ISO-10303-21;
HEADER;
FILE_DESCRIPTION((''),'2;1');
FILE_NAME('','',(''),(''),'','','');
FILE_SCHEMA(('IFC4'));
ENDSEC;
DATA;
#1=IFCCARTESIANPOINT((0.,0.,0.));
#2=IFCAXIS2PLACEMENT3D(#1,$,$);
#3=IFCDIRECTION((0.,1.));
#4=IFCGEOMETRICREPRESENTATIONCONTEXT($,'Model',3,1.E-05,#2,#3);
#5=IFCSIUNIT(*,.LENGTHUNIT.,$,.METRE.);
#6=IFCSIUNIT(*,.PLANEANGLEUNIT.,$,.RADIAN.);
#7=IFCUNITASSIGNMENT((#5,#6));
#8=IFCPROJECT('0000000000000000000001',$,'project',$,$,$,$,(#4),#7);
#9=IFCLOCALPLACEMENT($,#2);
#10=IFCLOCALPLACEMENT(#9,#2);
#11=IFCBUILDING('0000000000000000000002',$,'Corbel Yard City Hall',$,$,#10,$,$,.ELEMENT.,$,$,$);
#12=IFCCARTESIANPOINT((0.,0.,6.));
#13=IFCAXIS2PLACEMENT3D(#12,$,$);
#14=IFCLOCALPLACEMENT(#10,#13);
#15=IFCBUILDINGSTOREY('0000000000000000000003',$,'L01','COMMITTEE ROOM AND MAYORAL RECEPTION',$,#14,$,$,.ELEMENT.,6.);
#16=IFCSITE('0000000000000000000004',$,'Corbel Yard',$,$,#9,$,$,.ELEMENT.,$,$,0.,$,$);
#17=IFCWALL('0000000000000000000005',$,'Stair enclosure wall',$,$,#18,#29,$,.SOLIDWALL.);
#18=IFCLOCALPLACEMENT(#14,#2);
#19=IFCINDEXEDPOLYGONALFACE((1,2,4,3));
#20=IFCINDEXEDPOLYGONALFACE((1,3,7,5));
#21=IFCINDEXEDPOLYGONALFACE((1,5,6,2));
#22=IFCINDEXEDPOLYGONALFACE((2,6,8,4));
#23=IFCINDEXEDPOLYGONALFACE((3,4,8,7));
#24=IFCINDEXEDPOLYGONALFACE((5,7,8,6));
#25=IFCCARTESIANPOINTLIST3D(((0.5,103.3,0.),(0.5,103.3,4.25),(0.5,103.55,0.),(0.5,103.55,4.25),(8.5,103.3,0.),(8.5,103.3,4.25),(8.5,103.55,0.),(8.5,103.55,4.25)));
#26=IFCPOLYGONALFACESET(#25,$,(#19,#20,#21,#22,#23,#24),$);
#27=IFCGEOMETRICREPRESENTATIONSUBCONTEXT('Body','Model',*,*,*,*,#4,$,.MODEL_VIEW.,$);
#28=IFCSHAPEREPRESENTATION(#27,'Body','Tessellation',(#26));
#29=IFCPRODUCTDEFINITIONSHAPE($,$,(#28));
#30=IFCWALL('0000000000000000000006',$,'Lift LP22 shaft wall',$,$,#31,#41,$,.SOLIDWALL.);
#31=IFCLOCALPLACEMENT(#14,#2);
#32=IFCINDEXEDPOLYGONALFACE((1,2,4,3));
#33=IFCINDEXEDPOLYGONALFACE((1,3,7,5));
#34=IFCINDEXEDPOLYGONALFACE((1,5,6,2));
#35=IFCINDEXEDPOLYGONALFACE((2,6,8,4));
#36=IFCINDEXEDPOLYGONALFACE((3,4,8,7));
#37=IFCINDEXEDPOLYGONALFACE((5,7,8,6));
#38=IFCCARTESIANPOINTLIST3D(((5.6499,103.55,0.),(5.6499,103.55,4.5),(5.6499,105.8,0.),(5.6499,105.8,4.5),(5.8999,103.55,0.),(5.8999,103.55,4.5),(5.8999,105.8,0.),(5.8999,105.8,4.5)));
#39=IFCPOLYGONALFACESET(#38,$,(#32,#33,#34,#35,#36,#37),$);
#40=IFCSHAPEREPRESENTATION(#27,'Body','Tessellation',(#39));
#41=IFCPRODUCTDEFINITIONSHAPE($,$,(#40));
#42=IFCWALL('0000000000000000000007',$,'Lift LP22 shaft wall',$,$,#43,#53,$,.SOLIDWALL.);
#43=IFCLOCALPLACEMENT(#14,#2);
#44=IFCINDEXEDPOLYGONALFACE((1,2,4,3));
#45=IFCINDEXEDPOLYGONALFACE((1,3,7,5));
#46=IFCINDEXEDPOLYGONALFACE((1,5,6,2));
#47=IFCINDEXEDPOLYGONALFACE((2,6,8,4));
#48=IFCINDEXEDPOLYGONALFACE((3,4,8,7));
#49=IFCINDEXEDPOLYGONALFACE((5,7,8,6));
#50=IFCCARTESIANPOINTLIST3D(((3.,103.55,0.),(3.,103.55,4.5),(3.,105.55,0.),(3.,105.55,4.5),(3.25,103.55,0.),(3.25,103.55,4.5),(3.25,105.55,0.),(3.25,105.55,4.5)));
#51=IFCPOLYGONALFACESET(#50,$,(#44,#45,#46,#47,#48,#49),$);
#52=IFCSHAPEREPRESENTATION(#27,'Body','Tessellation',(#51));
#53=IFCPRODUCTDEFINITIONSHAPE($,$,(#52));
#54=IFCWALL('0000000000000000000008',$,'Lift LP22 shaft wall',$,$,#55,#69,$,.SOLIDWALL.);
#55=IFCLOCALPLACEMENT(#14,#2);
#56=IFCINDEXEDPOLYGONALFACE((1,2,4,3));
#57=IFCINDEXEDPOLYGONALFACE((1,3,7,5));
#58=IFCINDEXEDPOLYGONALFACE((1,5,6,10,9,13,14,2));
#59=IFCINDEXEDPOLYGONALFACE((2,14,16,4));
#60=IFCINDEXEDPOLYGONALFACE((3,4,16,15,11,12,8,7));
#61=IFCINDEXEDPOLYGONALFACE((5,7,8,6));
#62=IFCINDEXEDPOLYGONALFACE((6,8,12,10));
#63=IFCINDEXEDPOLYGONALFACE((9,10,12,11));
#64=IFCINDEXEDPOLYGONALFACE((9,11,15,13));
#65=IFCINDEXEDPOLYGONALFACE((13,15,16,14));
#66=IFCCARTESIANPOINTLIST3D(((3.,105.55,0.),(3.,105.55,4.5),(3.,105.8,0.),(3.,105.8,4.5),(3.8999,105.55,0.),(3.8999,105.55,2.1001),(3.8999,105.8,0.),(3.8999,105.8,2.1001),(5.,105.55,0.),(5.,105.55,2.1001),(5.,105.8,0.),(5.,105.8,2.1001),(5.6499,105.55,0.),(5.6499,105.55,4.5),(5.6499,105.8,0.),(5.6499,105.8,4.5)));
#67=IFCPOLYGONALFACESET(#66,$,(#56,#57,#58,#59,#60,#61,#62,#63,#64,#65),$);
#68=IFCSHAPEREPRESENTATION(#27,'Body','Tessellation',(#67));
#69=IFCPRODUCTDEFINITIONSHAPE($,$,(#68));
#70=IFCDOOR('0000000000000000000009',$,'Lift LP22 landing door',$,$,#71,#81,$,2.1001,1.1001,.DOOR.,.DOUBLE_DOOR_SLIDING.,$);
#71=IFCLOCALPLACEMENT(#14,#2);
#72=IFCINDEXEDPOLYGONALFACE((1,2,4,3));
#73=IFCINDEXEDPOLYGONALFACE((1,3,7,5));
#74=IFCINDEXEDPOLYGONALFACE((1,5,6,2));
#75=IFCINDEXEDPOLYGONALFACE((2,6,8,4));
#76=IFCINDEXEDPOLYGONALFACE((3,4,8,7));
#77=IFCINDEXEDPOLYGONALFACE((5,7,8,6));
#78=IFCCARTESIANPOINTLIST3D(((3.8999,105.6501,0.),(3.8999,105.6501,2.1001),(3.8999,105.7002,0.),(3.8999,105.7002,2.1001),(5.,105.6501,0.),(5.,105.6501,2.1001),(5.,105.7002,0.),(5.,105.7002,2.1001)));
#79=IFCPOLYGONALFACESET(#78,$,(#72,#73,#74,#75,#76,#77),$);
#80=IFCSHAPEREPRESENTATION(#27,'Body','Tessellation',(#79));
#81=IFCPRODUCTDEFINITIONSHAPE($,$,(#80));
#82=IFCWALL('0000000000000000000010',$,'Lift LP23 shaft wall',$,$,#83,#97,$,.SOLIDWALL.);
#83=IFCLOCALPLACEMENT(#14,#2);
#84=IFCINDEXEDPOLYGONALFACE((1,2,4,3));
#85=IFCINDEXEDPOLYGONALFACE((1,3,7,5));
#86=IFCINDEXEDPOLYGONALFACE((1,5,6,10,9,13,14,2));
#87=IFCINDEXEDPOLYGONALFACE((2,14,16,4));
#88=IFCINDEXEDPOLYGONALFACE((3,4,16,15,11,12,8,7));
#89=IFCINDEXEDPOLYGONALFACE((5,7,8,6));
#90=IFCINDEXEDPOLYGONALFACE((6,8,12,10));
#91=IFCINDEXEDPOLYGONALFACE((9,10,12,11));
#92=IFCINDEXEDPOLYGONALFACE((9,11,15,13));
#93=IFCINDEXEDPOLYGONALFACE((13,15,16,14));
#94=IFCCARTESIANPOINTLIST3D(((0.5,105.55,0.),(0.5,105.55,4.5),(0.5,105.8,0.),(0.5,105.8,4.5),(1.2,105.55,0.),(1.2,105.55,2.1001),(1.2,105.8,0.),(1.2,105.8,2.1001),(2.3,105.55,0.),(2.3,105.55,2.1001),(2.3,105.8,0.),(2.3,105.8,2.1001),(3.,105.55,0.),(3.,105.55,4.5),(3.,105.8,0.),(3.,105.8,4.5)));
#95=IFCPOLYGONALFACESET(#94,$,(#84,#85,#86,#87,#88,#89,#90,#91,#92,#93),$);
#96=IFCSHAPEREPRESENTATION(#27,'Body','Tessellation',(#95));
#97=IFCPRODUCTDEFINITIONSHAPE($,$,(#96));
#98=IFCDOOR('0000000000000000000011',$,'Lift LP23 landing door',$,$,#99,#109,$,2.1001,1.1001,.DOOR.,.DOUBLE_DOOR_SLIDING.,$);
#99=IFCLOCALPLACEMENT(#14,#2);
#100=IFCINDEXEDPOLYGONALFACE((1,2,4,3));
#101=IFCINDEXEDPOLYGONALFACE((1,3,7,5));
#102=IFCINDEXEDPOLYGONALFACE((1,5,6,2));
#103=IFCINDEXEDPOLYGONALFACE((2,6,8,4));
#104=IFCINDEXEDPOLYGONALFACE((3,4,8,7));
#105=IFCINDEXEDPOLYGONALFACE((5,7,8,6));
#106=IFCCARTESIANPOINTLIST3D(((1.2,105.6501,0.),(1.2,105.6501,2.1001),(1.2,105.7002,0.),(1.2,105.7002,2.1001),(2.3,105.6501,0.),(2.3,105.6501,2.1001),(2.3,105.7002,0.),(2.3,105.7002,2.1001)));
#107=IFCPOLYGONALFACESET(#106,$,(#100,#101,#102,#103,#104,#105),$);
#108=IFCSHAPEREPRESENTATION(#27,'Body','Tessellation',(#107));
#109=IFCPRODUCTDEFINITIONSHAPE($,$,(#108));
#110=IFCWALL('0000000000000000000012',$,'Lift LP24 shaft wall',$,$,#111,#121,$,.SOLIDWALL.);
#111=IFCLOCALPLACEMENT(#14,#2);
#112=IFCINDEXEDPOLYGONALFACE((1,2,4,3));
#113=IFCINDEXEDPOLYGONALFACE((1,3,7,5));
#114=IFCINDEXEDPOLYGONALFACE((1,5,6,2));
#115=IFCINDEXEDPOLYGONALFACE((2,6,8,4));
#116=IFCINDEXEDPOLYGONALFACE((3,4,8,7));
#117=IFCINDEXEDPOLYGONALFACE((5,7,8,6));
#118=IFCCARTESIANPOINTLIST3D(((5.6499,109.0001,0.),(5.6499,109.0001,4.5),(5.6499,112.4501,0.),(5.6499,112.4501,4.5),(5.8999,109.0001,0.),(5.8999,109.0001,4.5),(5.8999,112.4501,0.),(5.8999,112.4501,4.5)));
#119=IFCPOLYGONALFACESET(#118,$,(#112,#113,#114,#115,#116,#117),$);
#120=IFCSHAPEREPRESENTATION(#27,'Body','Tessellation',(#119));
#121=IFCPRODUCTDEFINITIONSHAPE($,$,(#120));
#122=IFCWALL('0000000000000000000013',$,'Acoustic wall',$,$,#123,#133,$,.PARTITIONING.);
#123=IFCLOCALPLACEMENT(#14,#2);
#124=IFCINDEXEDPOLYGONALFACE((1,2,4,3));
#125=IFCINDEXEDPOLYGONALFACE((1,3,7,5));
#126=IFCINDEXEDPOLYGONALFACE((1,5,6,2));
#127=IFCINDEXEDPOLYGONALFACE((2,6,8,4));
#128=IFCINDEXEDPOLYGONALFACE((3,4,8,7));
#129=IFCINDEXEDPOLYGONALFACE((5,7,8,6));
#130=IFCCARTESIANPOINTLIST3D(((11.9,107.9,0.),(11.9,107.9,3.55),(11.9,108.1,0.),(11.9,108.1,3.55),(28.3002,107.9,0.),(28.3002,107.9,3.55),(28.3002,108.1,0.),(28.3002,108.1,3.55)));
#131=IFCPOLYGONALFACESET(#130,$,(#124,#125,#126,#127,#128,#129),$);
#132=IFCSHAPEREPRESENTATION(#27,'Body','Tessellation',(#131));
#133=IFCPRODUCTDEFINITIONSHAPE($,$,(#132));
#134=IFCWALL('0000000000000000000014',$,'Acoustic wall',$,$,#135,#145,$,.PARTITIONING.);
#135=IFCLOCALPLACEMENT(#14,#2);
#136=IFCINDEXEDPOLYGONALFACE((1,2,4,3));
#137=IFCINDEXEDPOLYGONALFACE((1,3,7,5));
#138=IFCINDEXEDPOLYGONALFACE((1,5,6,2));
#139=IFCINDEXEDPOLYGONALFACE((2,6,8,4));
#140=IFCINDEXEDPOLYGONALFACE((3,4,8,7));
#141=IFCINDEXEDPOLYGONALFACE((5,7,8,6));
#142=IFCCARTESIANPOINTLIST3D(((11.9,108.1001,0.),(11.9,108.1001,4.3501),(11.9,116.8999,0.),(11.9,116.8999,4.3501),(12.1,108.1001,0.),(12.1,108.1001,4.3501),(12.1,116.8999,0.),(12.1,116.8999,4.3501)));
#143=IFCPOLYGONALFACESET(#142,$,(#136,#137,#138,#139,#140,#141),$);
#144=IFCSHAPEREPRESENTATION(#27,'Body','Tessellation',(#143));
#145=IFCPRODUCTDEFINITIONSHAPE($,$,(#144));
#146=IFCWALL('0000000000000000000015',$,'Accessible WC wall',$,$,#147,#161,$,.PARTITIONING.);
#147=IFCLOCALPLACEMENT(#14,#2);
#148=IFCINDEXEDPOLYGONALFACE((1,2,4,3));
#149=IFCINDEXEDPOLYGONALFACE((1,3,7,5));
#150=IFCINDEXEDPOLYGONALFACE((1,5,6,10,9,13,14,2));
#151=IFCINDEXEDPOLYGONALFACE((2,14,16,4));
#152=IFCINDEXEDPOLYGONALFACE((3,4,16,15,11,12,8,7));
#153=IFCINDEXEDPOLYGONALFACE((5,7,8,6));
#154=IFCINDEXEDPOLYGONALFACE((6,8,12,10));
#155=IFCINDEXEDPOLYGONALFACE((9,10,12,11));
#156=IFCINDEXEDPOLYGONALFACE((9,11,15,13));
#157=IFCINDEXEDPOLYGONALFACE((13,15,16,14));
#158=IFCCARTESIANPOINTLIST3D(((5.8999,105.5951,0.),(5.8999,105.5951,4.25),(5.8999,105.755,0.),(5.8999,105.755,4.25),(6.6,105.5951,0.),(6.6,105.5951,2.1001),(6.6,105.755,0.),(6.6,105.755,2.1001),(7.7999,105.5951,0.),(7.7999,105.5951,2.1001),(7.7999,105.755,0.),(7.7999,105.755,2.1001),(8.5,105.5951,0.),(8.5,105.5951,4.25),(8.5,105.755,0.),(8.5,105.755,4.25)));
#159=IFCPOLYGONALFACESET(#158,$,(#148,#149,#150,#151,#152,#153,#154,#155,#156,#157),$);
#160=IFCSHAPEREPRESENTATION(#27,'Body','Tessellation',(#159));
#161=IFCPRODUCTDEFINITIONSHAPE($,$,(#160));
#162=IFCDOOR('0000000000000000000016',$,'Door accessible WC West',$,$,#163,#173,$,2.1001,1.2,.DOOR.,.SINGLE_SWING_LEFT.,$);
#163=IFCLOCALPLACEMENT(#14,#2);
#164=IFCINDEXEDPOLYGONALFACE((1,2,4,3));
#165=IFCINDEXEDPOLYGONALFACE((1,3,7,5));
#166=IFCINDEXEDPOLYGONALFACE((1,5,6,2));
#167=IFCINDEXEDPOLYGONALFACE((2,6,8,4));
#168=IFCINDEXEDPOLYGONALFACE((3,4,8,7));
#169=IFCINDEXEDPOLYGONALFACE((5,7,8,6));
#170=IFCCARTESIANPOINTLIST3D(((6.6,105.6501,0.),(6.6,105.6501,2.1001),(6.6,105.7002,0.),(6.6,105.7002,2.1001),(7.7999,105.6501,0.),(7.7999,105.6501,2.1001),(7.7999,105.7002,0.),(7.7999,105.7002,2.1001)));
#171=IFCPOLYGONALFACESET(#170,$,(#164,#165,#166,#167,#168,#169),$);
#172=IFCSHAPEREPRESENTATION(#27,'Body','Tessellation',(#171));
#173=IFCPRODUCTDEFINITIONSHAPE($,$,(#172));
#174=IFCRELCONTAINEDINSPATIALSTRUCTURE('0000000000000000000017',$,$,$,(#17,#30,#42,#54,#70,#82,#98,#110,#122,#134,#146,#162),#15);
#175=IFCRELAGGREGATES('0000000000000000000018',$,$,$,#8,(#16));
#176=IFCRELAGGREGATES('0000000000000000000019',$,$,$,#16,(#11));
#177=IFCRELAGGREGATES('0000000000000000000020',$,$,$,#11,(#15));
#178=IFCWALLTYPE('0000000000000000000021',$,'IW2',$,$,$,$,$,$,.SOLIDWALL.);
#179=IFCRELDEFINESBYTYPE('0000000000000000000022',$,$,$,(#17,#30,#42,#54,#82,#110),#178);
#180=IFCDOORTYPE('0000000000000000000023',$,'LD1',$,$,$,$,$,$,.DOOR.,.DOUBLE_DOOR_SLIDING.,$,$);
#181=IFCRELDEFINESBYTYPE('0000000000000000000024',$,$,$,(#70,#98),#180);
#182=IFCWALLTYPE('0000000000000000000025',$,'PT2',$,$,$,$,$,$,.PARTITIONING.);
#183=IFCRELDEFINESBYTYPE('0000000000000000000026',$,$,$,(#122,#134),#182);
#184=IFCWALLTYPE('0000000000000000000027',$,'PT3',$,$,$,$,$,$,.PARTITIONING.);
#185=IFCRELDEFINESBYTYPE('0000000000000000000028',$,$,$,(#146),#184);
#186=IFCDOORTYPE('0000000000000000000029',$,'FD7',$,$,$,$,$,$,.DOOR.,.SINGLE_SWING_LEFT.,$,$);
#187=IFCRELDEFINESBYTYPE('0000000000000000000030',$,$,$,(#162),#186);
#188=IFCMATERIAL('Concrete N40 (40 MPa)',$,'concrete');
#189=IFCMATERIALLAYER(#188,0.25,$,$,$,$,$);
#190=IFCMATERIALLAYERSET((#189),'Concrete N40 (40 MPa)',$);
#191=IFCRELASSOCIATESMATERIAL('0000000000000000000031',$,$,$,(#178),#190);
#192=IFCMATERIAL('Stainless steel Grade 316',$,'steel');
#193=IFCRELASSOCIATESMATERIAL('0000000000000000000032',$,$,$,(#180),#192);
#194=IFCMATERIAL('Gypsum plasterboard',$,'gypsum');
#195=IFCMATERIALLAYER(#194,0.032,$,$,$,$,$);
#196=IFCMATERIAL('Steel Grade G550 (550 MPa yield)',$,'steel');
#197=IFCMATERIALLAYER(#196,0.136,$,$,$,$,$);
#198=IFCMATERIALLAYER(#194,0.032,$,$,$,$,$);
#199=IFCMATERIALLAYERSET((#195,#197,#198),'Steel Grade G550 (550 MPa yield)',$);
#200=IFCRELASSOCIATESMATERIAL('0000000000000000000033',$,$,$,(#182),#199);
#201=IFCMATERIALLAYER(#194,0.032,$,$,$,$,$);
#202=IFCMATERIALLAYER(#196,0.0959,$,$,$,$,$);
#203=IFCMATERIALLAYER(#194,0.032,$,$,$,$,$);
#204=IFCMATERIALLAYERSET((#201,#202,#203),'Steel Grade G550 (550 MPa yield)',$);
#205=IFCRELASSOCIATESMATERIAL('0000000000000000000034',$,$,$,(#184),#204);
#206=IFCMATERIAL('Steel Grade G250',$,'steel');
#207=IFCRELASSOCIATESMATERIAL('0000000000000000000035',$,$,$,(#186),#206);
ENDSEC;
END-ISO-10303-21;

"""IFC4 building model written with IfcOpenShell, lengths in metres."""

from ifc_helpers import new_model, si_unit, direction, frame, frame_2d, origin, place, context, subcontext, project, spatial, rectangle, extrude, material, layer, layer_set, type_object, element, fill, save


model = new_model("IFC4")

# Units and contexts
model_context = context("Model", 3, precision=1e-05, world=origin(), true_north=direction((0.0, 1.0)))
body_context = subcontext(model_context, "Body", "Model", "MODEL_VIEW")
ifc_project = project(units=[si_unit("LENGTHUNIT", "METRE"), si_unit("PLANEANGLEUNIT", "RADIAN")], contexts=[model_context])

# Site, building, storey
site_placement = place(None, origin())
site = spatial("IfcSite", under=ifc_project, at=site_placement, Name="Corbel Yard", CompositionType="ELEMENT", RefElevation=0.0)
building_placement = place(site_placement, origin())
building = spatial("IfcBuilding", under=site, at=building_placement, Name="Corbel Yard City Hall", CompositionType="ELEMENT")
storey_placement = place(building_placement, frame((0.0, 0.0, 6.0)))
storey = spatial("IfcBuildingStorey", under=building, at=storey_placement, Name="L01", Description="COMMITTEE ROOM AND MAYORAL RECEPTION", CompositionType="ELEMENT", Elevation=6.0)

# Walls
ifc_material_1 = material(Name="Concrete N40 (40 MPa)", Category="concrete")
ifc_layer_1 = layer(ifc_material_1, 0.25)
ifc_layer_set_1 = layer_set([ifc_layer_1], Name="Concrete N40 (40 MPa)")
wall_type_1 = type_object("IfcWallType", Name="IW2", PredefinedType="SOLIDWALL", material=ifc_layer_set_1)
wall_1_placement = place(storey_placement, frame((8.5, 103.425, 0.0), z_axis=(0.0, 0.0, 1.0), x_axis=(-1.0, 0.0, 0.0)))
element("IfcWall", 1, at=wall_1_placement, inside=storey, type_object=wall_type_1, Name="Stair enclosure wall", PredefinedType="SOLIDWALL", context=body_context, shape_type="SweptSolid", body=[
    extrude(rectangle(XDim=8.0, YDim=0.25, at=frame_2d((4.0, 0.0))), origin(), (0.0, 0.0, 1.0), 4.25),
])
wall_2_placement = place(storey_placement, frame((5.7749, 103.55, 0.0), z_axis=(0.0, 0.0, 1.0), x_axis=(0.0, 1.0, 0.0)))
element("IfcWall", 2, at=wall_2_placement, inside=storey, type_object=wall_type_1, Name="Lift LP22 shaft wall", PredefinedType="SOLIDWALL", context=body_context, shape_type="SweptSolid", body=[
    extrude(rectangle(XDim=2.25, YDim=0.25, at=frame_2d((1.125, 0.0))), origin(), (0.0, 0.0, 1.0), 4.5),
])
wall_3_placement = place(storey_placement, frame((3.125, 103.55, 0.0), z_axis=(0.0, 0.0, 1.0), x_axis=(0.0, 1.0, 0.0)))
element("IfcWall", 3, at=wall_3_placement, inside=storey, type_object=wall_type_1, Name="Lift LP22 shaft wall", PredefinedType="SOLIDWALL", context=body_context, shape_type="SweptSolid", body=[
    extrude(rectangle(XDim=2.0, YDim=0.25, at=frame_2d((1.0, 0.0))), origin(), (0.0, 0.0, 1.0), 4.5),
])

# Walls, openings, doors
wall_4_placement = place(storey_placement, frame((5.6499, 105.675, 0.0), z_axis=(0.0, 0.0, 1.0), x_axis=(-1.0, 0.0, 0.0)))
wall_4 = element("IfcWall", 4, at=wall_4_placement, inside=storey, type_object=wall_type_1, Name="Lift LP22 shaft wall", PredefinedType="SOLIDWALL", context=body_context, shape_type="SweptSolid", body=[
    extrude(rectangle(XDim=2.6499, YDim=0.25, at=frame_2d((1.325, 0.0))), origin(), (0.0, 0.0, 1.0), 4.5),
])
opening_1_placement = place(wall_4_placement, frame((0.6499, 0.0, 0.0)))
opening_1 = element("IfcOpeningElement", 5, at=opening_1_placement, cuts=wall_4, PredefinedType="OPENING", context=body_context, shape_type="SweptSolid", body=[
    extrude(rectangle(XDim=1.1001, YDim=2.1001, at=frame_2d((0.55, 1.05))), frame((0.0, 0.135, 0.0), z_axis=(0.0, -1.0, 0.0), x_axis=(1.0, 0.0, 0.0)), (0.0, 0.0, 1.0), 0.27),
])
ifc_material_2 = material(Name="Stainless steel Grade 316", Category="steel")
door_type_1 = type_object("IfcDoorType", Name="LD1", OperationType="DOUBLE_DOOR_SLIDING", PredefinedType="DOOR", material=ifc_material_2)
door_1_placement = place(opening_1_placement, origin())
door_1 = element("IfcDoor", 6, at=door_1_placement, inside=storey, type_object=door_type_1, Name="Lift LP22 landing door", OperationType="DOUBLE_DOOR_SLIDING", OverallHeight=2.1001, OverallWidth=1.1001, PredefinedType="DOOR", context=body_context, shape_type="SweptSolid", body=[
    extrude(rectangle(XDim=1.1001, YDim=2.1001, at=frame_2d((0.55, 1.05))), frame((0.0, 0.0249, 0.0), z_axis=(0.0, -1.0, 0.0), x_axis=(1.0, 0.0, 0.0)), (0.0, 0.0, 1.0), 0.05),
])
fill(opening_1, door_1)
wall_5_placement = place(storey_placement, frame((3.0, 105.675, 0.0), z_axis=(0.0, 0.0, 1.0), x_axis=(-1.0, 0.0, 0.0)))
wall_5 = element("IfcWall", 7, at=wall_5_placement, inside=storey, type_object=wall_type_1, Name="Lift LP23 shaft wall", PredefinedType="SOLIDWALL", context=body_context, shape_type="SweptSolid", body=[
    extrude(rectangle(XDim=2.5, YDim=0.25, at=frame_2d((1.25, 0.0))), origin(), (0.0, 0.0, 1.0), 4.5),
])
opening_2_placement = place(wall_5_placement, frame((0.7, 0.0, 0.0)))
opening_2 = element("IfcOpeningElement", 8, at=opening_2_placement, cuts=wall_5, PredefinedType="OPENING", context=body_context, shape_type="SweptSolid", body=[
    extrude(rectangle(XDim=1.1001, YDim=2.1001, at=frame_2d((0.55, 1.05))), frame((0.0, 0.135, 0.0), z_axis=(0.0, -1.0, 0.0), x_axis=(1.0, 0.0, 0.0)), (0.0, 0.0, 1.0), 0.27),
])
door_2_placement = place(opening_2_placement, origin())
door_2 = element("IfcDoor", 9, at=door_2_placement, inside=storey, type_object=door_type_1, Name="Lift LP23 landing door", OperationType="DOUBLE_DOOR_SLIDING", OverallHeight=2.1001, OverallWidth=1.1001, PredefinedType="DOOR", context=body_context, shape_type="SweptSolid", body=[
    extrude(rectangle(XDim=1.1001, YDim=2.1001, at=frame_2d((0.55, 1.05))), frame((0.0, 0.0249, 0.0), z_axis=(0.0, -1.0, 0.0), x_axis=(1.0, 0.0, 0.0)), (0.0, 0.0, 1.0), 0.05),
])
fill(opening_2, door_2)

# Walls
wall_6_placement = place(storey_placement, frame((5.7749, 109.0, 0.0), z_axis=(0.0, 0.0, 1.0), x_axis=(0.0, 1.0, 0.0)))
element("IfcWall", 10, at=wall_6_placement, inside=storey, type_object=wall_type_1, Name="Lift LP24 shaft wall", PredefinedType="SOLIDWALL", context=body_context, shape_type="SweptSolid", body=[
    extrude(rectangle(XDim=3.45, YDim=0.25, at=frame_2d((1.7251, 0.0))), origin(), (0.0, 0.0, 1.0), 4.5),
])
ifc_material_3 = material(Name="Gypsum plasterboard", Category="gypsum")
ifc_layer_2 = layer(ifc_material_3, 0.032)
ifc_material_4 = material(Name="Steel Grade G550 (550 MPa yield)", Category="steel")
ifc_layer_3 = layer(ifc_material_4, 0.136)
ifc_layer_4 = layer(ifc_material_3, 0.032)
ifc_layer_set_2 = layer_set([ifc_layer_2, ifc_layer_3, ifc_layer_4], Name="Steel Grade G550 (550 MPa yield)")
wall_type_2 = type_object("IfcWallType", Name="PT2", PredefinedType="PARTITIONING", material=ifc_layer_set_2)
wall_7_placement = place(storey_placement, frame((11.8999, 108.0, 0.0), z_axis=(0.0, 0.0, 1.0), x_axis=(1.0, 0.0, 0.0)))
element("IfcWall", 11, at=wall_7_placement, inside=storey, type_object=wall_type_2, Name="Acoustic wall", PredefinedType="PARTITIONING", context=body_context, shape_type="SweptSolid", body=[
    extrude(rectangle(XDim=16.4001, YDim=0.2, at=frame_2d((8.2002, 0.0))), origin(), (0.0, 0.0, 1.0), 3.55),
])
wall_8_placement = place(storey_placement, frame((12.0, 108.1001, 0.0), z_axis=(0.0, 0.0, 1.0), x_axis=(0.0, 1.0, 0.0)))
element("IfcWall", 12, at=wall_8_placement, inside=storey, type_object=wall_type_2, Name="Acoustic wall", PredefinedType="PARTITIONING", context=body_context, shape_type="SweptSolid", body=[
    extrude(rectangle(XDim=8.7998, YDim=0.2, at=frame_2d((4.3999, 0.0))), origin(), (0.0, 0.0, 1.0), 4.3501),
])

# Wall, opening, door
ifc_layer_5 = layer(ifc_material_3, 0.032)
ifc_layer_6 = layer(ifc_material_4, 0.0959)
ifc_layer_7 = layer(ifc_material_3, 0.032)
ifc_layer_set_3 = layer_set([ifc_layer_5, ifc_layer_6, ifc_layer_7], Name="Steel Grade G550 (550 MPa yield)")
wall_type_3 = type_object("IfcWallType", Name="PT3", PredefinedType="PARTITIONING", material=ifc_layer_set_3)
wall_9_placement = place(storey_placement, frame((8.5, 105.675, 0.0), z_axis=(0.0, 0.0, 1.0), x_axis=(-1.0, 0.0, 0.0)))
wall_9 = element("IfcWall", 13, at=wall_9_placement, inside=storey, type_object=wall_type_3, Name="Accessible WC wall", PredefinedType="PARTITIONING", context=body_context, shape_type="SweptSolid", body=[
    extrude(rectangle(XDim=2.6001, YDim=0.1599, at=frame_2d((1.3, 0.0))), origin(), (0.0, 0.0, 1.0), 4.25),
])
opening_3_placement = place(wall_9_placement, frame((0.7, 0.0, 0.0)))
opening_3 = element("IfcOpeningElement", 14, at=opening_3_placement, cuts=wall_9, PredefinedType="OPENING", context=body_context, shape_type="SweptSolid", body=[
    extrude(rectangle(XDim=1.2, YDim=2.1001, at=frame_2d((0.6001, 1.05))), frame((0.0, 0.0898, 0.0), z_axis=(0.0, -1.0, 0.0), x_axis=(1.0, 0.0, 0.0)), (0.0, 0.0, 1.0), 0.1799),
])
ifc_material_5 = material(Name="Steel Grade G250", Category="steel")
door_type_2 = type_object("IfcDoorType", Name="FD7", OperationType="SINGLE_SWING_LEFT", PredefinedType="DOOR", material=ifc_material_5)
door_3_placement = place(opening_3_placement, origin())
door_3 = element("IfcDoor", 15, at=door_3_placement, inside=storey, type_object=door_type_2, Name="Door accessible WC West", OperationType="SINGLE_SWING_LEFT", OverallHeight=2.1001, OverallWidth=1.2, PredefinedType="DOOR", context=body_context, shape_type="SweptSolid", body=[
    extrude(rectangle(XDim=1.2, YDim=2.1001, at=frame_2d((0.6001, 1.05))), frame((0.0, 0.0249, 0.0), z_axis=(0.0, -1.0, 0.0), x_axis=(1.0, 0.0, 0.0)), (0.0, 0.0, 1.0), 0.05),
])
fill(opening_3, door_3)

save(model, "model.ifc")
